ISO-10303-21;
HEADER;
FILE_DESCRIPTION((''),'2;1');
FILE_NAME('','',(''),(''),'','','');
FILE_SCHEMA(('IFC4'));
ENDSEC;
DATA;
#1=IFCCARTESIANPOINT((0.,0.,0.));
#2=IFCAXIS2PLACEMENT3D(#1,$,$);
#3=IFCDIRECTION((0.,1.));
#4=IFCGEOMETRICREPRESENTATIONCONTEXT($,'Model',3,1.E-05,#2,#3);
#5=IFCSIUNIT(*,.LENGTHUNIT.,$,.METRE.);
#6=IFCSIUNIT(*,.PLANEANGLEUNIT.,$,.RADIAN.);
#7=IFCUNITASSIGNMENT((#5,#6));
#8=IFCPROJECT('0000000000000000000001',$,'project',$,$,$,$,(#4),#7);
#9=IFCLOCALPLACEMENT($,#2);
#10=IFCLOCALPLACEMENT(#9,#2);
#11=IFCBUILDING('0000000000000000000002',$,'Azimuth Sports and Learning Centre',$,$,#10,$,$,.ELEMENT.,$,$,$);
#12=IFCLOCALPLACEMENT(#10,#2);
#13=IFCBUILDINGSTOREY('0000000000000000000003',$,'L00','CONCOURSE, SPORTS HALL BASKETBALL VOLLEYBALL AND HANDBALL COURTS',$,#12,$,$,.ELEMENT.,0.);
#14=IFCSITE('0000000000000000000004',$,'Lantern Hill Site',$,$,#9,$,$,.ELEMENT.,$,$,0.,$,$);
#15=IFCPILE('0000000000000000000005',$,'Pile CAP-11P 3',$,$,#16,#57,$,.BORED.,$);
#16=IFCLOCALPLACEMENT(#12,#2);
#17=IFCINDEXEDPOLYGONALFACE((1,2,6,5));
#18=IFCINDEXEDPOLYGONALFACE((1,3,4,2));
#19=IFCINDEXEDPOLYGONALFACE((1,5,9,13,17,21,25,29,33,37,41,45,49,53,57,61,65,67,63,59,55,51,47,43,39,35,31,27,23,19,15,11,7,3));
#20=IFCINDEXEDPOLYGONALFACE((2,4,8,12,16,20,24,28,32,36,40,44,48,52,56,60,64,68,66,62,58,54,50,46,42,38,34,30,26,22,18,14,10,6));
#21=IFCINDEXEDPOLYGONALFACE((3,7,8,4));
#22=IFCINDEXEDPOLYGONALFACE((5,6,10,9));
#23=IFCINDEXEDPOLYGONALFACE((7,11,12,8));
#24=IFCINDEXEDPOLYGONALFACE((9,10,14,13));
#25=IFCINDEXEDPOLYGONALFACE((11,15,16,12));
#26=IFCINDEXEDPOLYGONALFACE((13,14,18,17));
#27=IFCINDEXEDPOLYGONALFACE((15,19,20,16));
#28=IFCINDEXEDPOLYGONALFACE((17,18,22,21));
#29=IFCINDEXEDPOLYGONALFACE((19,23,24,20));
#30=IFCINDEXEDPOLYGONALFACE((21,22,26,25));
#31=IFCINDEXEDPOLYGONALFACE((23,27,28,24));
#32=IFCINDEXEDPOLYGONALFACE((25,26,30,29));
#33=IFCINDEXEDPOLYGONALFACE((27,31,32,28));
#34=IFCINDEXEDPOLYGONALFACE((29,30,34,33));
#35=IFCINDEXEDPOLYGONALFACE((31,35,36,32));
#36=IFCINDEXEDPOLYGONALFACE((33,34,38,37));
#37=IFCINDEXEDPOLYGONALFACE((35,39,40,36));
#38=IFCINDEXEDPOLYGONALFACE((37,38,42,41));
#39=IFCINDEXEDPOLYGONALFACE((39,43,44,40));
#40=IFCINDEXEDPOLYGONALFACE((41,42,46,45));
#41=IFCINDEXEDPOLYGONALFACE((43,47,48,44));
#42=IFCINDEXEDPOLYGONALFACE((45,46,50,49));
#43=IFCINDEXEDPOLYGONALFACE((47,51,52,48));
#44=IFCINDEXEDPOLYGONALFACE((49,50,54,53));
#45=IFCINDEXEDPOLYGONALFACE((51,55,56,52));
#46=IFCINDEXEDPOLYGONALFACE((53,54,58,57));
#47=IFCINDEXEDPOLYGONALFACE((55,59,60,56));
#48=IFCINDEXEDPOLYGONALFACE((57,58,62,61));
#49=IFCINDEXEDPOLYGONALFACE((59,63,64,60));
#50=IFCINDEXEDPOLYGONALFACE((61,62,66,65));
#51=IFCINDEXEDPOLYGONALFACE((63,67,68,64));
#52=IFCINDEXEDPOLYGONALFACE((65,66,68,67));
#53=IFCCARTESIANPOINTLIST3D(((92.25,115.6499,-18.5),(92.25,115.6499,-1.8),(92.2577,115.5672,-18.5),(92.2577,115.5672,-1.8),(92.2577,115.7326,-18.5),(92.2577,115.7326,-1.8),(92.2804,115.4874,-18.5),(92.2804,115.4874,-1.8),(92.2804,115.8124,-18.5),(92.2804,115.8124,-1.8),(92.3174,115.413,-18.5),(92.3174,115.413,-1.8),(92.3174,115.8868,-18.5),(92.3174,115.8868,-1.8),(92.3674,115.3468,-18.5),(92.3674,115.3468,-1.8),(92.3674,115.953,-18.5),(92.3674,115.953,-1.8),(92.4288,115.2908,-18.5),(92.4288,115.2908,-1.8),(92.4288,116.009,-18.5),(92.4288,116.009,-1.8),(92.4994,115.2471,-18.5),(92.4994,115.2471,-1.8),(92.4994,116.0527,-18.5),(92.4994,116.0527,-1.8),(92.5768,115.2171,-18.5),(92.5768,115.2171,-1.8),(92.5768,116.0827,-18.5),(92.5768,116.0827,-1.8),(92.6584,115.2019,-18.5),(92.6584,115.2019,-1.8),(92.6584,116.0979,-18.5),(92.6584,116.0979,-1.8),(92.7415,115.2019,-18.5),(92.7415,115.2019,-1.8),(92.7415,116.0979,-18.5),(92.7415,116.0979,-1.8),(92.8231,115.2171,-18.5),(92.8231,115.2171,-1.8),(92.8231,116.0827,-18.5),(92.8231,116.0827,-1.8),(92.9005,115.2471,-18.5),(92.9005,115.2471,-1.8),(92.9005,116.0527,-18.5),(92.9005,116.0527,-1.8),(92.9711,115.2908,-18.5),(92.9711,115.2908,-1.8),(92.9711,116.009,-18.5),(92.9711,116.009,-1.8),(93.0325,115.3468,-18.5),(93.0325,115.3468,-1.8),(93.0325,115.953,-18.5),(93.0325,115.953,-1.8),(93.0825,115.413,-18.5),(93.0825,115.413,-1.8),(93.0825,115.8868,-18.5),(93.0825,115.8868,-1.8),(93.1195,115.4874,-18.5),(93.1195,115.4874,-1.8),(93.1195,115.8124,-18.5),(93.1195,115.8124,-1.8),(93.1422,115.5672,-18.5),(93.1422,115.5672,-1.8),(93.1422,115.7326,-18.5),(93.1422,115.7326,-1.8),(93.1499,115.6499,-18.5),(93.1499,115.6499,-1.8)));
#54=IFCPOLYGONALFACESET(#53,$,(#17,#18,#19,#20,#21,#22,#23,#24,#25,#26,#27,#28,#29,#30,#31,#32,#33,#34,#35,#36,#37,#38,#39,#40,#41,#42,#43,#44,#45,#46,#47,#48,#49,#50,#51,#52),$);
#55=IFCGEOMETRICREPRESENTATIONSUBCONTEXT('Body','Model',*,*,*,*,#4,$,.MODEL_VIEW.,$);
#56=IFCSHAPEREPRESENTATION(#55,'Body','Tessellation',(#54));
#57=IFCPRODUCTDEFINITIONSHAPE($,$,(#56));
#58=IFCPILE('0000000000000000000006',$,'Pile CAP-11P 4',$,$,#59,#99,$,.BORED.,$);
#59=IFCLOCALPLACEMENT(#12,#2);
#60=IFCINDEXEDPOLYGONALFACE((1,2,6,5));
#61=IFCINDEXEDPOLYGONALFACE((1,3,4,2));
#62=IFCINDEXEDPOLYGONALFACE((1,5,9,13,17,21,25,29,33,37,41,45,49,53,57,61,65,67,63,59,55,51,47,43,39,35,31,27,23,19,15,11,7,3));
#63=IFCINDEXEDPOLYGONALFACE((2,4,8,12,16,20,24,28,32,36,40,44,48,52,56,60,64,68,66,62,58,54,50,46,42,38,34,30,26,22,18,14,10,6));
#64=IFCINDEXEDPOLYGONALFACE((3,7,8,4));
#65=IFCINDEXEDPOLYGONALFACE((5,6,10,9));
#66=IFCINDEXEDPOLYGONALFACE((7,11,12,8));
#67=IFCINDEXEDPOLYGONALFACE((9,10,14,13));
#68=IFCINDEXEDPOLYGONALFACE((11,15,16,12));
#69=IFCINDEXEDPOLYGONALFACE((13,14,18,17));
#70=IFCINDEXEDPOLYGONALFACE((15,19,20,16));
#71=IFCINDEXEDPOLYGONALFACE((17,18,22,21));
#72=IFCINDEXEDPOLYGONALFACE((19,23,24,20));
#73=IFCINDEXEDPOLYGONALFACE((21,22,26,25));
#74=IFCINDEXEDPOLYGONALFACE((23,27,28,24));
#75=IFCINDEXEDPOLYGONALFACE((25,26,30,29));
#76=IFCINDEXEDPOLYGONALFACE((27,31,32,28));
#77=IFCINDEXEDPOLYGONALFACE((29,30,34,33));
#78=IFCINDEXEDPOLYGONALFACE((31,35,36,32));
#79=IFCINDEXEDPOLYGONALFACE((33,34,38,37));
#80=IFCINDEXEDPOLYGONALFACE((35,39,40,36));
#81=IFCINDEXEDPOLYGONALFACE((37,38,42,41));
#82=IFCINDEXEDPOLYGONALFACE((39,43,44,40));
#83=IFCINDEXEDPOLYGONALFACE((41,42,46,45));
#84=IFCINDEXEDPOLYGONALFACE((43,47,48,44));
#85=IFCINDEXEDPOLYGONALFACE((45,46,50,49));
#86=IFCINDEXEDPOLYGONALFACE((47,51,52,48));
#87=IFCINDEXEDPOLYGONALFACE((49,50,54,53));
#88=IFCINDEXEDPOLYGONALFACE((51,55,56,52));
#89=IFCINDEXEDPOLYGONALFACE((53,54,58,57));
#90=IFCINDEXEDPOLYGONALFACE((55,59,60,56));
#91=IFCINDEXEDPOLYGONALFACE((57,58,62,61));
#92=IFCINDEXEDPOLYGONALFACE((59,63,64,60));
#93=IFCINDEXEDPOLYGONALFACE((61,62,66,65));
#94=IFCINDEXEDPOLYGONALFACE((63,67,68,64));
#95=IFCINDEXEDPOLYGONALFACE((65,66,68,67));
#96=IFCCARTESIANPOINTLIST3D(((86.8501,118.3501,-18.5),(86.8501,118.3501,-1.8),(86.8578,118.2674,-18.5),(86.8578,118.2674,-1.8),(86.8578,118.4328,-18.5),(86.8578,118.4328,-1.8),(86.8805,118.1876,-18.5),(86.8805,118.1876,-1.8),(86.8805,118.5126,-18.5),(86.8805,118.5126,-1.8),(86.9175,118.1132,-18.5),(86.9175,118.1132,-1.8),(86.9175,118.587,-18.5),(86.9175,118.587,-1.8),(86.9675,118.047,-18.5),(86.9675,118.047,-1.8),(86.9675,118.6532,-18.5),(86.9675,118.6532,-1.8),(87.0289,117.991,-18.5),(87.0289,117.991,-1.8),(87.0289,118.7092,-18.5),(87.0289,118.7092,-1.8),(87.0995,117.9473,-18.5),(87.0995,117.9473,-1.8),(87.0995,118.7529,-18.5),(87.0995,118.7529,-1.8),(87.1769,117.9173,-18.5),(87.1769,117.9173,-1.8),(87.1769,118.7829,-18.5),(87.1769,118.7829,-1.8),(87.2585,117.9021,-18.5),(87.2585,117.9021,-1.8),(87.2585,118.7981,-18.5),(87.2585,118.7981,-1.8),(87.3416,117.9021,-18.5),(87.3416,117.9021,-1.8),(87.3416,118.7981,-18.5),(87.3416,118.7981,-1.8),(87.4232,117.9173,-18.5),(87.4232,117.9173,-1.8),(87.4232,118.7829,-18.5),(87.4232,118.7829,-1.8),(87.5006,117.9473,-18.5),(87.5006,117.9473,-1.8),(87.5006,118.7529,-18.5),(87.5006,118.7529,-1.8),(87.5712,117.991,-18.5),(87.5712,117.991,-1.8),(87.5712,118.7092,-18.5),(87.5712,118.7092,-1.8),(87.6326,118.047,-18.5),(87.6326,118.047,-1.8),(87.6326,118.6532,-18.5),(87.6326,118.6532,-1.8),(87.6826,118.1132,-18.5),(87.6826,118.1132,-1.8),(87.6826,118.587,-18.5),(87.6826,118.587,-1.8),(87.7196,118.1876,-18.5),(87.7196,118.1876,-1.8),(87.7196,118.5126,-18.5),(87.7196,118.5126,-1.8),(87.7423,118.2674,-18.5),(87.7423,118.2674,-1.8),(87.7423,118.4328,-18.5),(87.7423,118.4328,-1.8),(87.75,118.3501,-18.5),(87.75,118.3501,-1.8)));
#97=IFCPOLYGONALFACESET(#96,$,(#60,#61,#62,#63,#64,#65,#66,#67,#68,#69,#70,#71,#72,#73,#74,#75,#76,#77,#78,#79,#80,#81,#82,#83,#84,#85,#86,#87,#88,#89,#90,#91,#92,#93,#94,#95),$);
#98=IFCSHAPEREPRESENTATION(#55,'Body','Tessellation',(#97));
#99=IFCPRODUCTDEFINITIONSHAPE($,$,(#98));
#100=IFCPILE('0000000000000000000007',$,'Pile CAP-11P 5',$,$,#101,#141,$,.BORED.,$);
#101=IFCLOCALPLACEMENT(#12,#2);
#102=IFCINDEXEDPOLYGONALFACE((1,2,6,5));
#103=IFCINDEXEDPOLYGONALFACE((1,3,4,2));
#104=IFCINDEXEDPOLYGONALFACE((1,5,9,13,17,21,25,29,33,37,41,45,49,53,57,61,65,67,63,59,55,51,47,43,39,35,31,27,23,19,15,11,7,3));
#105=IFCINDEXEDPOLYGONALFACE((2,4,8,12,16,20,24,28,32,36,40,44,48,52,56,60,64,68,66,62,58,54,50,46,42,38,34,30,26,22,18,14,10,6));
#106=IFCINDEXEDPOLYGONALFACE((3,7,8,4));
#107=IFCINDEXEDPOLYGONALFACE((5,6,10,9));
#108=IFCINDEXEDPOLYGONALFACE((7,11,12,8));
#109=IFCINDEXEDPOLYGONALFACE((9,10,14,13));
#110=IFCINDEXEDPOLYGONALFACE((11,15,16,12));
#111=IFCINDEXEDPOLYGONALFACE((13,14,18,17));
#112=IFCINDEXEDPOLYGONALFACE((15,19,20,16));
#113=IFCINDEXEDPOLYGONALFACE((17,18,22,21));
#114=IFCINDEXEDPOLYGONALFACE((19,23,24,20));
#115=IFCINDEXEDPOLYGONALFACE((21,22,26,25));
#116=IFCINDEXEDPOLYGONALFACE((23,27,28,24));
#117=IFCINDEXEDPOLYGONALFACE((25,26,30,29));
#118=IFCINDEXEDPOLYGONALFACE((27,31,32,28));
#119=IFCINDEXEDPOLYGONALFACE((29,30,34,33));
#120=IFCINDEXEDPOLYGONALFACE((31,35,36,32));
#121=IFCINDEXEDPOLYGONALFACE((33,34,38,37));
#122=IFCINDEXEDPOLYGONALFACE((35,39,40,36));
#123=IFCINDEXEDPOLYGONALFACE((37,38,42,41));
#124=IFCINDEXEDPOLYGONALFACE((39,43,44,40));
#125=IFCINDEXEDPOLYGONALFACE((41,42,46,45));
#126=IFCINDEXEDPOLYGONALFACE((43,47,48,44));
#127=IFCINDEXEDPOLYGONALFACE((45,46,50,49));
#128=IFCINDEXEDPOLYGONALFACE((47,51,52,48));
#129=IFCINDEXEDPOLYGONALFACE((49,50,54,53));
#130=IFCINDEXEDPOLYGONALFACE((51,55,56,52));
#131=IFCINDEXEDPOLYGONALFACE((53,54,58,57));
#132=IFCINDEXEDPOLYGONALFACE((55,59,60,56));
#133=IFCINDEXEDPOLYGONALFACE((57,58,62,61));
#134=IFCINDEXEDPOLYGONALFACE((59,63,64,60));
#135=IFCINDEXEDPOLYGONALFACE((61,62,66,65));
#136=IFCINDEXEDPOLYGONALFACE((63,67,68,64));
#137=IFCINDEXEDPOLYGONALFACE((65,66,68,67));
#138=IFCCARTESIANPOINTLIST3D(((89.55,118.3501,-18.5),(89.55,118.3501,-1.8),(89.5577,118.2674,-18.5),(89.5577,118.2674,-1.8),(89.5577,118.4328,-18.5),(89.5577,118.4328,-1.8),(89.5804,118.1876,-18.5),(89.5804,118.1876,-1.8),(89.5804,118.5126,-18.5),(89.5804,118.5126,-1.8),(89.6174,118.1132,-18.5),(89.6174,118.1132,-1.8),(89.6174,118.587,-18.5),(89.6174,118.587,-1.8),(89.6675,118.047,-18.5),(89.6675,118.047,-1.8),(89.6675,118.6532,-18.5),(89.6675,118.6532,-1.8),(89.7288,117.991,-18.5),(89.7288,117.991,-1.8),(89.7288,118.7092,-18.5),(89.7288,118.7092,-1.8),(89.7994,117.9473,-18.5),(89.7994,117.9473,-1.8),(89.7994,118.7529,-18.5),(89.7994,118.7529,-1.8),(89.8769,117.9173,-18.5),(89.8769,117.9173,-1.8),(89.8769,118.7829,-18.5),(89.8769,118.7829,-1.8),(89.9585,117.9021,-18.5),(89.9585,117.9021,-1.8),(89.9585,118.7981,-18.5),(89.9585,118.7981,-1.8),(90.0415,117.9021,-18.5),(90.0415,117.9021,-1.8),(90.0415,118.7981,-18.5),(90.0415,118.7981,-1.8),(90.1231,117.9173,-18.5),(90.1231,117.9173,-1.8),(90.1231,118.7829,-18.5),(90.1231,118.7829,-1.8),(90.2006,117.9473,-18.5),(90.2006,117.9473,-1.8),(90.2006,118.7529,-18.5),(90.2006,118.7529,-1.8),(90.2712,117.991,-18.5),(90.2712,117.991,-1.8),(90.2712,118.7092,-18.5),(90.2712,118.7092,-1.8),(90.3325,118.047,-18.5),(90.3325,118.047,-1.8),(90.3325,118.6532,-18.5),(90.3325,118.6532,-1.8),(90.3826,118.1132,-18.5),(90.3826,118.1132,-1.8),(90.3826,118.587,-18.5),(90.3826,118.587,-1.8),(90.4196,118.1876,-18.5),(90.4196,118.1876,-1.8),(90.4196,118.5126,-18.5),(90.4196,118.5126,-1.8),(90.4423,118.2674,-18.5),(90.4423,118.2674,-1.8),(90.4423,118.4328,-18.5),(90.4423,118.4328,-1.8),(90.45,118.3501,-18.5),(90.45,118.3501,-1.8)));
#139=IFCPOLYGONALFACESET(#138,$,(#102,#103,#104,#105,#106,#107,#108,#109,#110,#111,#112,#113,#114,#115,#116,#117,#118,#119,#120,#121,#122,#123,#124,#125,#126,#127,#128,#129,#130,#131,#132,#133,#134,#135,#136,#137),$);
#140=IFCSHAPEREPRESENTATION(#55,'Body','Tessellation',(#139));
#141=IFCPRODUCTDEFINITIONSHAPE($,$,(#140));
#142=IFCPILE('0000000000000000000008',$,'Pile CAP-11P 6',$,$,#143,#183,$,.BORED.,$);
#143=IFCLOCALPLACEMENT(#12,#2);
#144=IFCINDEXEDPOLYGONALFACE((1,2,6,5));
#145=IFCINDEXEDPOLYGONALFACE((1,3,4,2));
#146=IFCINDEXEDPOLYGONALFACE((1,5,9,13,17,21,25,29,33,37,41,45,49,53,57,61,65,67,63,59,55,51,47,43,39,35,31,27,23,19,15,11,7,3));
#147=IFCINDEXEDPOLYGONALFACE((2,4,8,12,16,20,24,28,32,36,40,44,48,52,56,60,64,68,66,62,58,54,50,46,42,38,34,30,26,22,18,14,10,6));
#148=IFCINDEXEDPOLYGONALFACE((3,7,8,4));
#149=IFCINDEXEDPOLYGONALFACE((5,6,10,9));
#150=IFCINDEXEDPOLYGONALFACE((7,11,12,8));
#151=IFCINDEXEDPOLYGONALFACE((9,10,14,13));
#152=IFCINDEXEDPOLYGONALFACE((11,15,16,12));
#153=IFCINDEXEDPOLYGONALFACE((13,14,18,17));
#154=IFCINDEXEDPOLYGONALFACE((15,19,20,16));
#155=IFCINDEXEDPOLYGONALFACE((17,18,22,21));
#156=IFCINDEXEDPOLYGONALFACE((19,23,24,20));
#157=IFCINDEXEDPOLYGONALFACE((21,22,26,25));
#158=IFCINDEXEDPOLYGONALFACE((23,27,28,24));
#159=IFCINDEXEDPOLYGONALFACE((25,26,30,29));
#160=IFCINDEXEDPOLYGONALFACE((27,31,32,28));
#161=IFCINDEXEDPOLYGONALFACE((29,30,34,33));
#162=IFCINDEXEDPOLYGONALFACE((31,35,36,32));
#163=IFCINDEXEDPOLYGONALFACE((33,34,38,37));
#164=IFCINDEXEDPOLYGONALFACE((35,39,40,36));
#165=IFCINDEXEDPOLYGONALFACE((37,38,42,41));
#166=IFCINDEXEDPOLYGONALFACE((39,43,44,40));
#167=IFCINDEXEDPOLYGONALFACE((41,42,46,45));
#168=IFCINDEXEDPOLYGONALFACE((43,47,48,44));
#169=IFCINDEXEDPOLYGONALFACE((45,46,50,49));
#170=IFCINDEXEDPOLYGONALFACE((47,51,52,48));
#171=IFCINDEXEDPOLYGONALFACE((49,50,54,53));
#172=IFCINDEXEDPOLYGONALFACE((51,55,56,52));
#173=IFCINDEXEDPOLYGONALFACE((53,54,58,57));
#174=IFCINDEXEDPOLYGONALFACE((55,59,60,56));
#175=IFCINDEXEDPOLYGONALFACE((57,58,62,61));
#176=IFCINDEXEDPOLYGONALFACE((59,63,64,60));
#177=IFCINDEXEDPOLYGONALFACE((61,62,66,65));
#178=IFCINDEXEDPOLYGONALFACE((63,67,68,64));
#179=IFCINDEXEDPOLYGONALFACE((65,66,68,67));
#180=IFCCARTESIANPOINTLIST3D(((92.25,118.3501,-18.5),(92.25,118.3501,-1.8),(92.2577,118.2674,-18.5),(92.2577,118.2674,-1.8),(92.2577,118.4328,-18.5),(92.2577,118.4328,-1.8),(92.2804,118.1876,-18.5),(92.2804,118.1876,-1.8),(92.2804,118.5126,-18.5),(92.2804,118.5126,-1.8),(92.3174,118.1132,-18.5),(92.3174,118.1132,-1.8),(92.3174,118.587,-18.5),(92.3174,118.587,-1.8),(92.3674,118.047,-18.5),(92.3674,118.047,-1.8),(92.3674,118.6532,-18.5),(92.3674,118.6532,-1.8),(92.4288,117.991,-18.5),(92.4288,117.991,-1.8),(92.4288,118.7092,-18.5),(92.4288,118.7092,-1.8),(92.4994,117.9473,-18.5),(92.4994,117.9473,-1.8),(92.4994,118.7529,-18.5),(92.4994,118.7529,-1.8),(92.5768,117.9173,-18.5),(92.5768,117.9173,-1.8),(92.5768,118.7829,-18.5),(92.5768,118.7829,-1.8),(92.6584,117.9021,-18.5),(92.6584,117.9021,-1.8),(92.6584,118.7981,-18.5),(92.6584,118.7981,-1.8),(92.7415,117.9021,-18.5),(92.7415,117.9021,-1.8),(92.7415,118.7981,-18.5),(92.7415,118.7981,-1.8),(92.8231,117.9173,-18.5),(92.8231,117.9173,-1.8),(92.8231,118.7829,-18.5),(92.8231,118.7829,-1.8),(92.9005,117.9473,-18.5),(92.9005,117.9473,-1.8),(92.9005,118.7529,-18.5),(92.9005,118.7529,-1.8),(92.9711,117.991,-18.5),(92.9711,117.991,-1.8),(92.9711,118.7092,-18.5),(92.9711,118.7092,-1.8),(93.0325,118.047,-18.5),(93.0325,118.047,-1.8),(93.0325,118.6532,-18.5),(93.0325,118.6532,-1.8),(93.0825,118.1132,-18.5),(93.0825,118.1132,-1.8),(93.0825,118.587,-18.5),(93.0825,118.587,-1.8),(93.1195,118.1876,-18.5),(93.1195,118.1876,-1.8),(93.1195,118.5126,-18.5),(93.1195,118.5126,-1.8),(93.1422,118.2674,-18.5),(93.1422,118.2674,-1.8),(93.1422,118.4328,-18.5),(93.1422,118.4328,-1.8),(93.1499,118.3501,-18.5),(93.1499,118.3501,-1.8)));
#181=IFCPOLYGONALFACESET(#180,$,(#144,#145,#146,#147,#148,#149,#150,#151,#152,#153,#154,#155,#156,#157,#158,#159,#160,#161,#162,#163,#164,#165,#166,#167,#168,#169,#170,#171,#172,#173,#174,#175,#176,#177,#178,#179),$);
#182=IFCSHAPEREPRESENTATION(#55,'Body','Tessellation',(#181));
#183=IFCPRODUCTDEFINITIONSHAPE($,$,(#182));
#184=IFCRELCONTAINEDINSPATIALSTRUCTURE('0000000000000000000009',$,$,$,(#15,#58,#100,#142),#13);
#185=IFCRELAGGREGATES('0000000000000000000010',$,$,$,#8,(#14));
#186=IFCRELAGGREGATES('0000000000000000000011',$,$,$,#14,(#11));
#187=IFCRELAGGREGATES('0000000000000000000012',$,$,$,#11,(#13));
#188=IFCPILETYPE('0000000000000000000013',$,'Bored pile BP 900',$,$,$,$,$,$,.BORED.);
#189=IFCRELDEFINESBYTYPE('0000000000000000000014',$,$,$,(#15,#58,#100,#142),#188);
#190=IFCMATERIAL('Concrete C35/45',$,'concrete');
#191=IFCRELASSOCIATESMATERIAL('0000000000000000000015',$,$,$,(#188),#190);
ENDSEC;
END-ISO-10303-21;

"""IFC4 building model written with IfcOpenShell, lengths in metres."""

from ifc_helpers import new_model, si_unit, direction, frame, origin, origin_2d, place, context, subcontext, project, spatial, circle, extrude, material, material_profile, profile_set, type_object, element, save


model = new_model("IFC4")

# Units and contexts
model_context = context("Model", 3, precision=1e-05, world=origin(), true_north=direction((0.0, 1.0)))
body_context = subcontext(model_context, "Body", "Model", "MODEL_VIEW")
ifc_project = project(units=[si_unit("LENGTHUNIT", "METRE"), si_unit("PLANEANGLEUNIT", "RADIAN")], contexts=[model_context])

# Site, building, storey
site_placement = place(None, origin())
site = spatial("IfcSite", under=ifc_project, at=site_placement, Name="Lantern Hill Site", CompositionType="ELEMENT", RefElevation=0.0)
building_placement = place(site_placement, origin())
building = spatial("IfcBuilding", under=site, at=building_placement, Name="Azimuth Sports and Learning Centre", CompositionType="ELEMENT")
storey_placement = place(building_placement, origin())
storey = spatial("IfcBuildingStorey", under=building, at=storey_placement, Name="L00", Description="CONCOURSE, SPORTS HALL BASKETBALL VOLLEYBALL AND HANDBALL COURTS", CompositionType="ELEMENT", Elevation=0.0)

# Piles
ifc_material_1 = material(Name="Concrete C35/45", Category="concrete")
ifc_material_profile_1 = material_profile(ifc_material_1, circle(Radius=0.45, at=origin_2d()), Name="BP 900")
ifc_profile_set_1 = profile_set([ifc_material_profile_1], Name="Concrete C35/45")
pile_type = type_object("IfcPileType", Name="Bored pile BP 900", PredefinedType="BORED", material=ifc_profile_set_1)
for number, where, z_axis, x_axis, name in (
    (1, (92.7, 115.6499, -1.8), (0.0, 0.0, -1.0), (1.0, 0.0, 0.0), "Pile CAP-11P 3"),
    (2, (87.3, 118.3501, -1.8), (0.0, 0.0, -1.0), (1.0, 0.0, 0.0), "Pile CAP-11P 4"),
    (3, (90.0, 118.3501, -1.8), (0.0, 0.0, -1.0), (1.0, 0.0, 0.0), "Pile CAP-11P 5"),
    (4, (92.7, 118.3501, -1.8), (0.0, 0.0, -1.0), (1.0, 0.0, 0.0), "Pile CAP-11P 6"),
):
    element("IfcPile", number, at=place(storey_placement, frame(where, z_axis=z_axis, x_axis=x_axis)), inside=storey, type_object=pile_type, Name=name, PredefinedType="BORED", context=body_context, shape_type="SweptSolid", body=[
        extrude(circle(Radius=0.45, at=origin_2d()), origin(), (0.0, 0.0, 1.0), 16.7),
    ])

save(model, "model.ifc")
